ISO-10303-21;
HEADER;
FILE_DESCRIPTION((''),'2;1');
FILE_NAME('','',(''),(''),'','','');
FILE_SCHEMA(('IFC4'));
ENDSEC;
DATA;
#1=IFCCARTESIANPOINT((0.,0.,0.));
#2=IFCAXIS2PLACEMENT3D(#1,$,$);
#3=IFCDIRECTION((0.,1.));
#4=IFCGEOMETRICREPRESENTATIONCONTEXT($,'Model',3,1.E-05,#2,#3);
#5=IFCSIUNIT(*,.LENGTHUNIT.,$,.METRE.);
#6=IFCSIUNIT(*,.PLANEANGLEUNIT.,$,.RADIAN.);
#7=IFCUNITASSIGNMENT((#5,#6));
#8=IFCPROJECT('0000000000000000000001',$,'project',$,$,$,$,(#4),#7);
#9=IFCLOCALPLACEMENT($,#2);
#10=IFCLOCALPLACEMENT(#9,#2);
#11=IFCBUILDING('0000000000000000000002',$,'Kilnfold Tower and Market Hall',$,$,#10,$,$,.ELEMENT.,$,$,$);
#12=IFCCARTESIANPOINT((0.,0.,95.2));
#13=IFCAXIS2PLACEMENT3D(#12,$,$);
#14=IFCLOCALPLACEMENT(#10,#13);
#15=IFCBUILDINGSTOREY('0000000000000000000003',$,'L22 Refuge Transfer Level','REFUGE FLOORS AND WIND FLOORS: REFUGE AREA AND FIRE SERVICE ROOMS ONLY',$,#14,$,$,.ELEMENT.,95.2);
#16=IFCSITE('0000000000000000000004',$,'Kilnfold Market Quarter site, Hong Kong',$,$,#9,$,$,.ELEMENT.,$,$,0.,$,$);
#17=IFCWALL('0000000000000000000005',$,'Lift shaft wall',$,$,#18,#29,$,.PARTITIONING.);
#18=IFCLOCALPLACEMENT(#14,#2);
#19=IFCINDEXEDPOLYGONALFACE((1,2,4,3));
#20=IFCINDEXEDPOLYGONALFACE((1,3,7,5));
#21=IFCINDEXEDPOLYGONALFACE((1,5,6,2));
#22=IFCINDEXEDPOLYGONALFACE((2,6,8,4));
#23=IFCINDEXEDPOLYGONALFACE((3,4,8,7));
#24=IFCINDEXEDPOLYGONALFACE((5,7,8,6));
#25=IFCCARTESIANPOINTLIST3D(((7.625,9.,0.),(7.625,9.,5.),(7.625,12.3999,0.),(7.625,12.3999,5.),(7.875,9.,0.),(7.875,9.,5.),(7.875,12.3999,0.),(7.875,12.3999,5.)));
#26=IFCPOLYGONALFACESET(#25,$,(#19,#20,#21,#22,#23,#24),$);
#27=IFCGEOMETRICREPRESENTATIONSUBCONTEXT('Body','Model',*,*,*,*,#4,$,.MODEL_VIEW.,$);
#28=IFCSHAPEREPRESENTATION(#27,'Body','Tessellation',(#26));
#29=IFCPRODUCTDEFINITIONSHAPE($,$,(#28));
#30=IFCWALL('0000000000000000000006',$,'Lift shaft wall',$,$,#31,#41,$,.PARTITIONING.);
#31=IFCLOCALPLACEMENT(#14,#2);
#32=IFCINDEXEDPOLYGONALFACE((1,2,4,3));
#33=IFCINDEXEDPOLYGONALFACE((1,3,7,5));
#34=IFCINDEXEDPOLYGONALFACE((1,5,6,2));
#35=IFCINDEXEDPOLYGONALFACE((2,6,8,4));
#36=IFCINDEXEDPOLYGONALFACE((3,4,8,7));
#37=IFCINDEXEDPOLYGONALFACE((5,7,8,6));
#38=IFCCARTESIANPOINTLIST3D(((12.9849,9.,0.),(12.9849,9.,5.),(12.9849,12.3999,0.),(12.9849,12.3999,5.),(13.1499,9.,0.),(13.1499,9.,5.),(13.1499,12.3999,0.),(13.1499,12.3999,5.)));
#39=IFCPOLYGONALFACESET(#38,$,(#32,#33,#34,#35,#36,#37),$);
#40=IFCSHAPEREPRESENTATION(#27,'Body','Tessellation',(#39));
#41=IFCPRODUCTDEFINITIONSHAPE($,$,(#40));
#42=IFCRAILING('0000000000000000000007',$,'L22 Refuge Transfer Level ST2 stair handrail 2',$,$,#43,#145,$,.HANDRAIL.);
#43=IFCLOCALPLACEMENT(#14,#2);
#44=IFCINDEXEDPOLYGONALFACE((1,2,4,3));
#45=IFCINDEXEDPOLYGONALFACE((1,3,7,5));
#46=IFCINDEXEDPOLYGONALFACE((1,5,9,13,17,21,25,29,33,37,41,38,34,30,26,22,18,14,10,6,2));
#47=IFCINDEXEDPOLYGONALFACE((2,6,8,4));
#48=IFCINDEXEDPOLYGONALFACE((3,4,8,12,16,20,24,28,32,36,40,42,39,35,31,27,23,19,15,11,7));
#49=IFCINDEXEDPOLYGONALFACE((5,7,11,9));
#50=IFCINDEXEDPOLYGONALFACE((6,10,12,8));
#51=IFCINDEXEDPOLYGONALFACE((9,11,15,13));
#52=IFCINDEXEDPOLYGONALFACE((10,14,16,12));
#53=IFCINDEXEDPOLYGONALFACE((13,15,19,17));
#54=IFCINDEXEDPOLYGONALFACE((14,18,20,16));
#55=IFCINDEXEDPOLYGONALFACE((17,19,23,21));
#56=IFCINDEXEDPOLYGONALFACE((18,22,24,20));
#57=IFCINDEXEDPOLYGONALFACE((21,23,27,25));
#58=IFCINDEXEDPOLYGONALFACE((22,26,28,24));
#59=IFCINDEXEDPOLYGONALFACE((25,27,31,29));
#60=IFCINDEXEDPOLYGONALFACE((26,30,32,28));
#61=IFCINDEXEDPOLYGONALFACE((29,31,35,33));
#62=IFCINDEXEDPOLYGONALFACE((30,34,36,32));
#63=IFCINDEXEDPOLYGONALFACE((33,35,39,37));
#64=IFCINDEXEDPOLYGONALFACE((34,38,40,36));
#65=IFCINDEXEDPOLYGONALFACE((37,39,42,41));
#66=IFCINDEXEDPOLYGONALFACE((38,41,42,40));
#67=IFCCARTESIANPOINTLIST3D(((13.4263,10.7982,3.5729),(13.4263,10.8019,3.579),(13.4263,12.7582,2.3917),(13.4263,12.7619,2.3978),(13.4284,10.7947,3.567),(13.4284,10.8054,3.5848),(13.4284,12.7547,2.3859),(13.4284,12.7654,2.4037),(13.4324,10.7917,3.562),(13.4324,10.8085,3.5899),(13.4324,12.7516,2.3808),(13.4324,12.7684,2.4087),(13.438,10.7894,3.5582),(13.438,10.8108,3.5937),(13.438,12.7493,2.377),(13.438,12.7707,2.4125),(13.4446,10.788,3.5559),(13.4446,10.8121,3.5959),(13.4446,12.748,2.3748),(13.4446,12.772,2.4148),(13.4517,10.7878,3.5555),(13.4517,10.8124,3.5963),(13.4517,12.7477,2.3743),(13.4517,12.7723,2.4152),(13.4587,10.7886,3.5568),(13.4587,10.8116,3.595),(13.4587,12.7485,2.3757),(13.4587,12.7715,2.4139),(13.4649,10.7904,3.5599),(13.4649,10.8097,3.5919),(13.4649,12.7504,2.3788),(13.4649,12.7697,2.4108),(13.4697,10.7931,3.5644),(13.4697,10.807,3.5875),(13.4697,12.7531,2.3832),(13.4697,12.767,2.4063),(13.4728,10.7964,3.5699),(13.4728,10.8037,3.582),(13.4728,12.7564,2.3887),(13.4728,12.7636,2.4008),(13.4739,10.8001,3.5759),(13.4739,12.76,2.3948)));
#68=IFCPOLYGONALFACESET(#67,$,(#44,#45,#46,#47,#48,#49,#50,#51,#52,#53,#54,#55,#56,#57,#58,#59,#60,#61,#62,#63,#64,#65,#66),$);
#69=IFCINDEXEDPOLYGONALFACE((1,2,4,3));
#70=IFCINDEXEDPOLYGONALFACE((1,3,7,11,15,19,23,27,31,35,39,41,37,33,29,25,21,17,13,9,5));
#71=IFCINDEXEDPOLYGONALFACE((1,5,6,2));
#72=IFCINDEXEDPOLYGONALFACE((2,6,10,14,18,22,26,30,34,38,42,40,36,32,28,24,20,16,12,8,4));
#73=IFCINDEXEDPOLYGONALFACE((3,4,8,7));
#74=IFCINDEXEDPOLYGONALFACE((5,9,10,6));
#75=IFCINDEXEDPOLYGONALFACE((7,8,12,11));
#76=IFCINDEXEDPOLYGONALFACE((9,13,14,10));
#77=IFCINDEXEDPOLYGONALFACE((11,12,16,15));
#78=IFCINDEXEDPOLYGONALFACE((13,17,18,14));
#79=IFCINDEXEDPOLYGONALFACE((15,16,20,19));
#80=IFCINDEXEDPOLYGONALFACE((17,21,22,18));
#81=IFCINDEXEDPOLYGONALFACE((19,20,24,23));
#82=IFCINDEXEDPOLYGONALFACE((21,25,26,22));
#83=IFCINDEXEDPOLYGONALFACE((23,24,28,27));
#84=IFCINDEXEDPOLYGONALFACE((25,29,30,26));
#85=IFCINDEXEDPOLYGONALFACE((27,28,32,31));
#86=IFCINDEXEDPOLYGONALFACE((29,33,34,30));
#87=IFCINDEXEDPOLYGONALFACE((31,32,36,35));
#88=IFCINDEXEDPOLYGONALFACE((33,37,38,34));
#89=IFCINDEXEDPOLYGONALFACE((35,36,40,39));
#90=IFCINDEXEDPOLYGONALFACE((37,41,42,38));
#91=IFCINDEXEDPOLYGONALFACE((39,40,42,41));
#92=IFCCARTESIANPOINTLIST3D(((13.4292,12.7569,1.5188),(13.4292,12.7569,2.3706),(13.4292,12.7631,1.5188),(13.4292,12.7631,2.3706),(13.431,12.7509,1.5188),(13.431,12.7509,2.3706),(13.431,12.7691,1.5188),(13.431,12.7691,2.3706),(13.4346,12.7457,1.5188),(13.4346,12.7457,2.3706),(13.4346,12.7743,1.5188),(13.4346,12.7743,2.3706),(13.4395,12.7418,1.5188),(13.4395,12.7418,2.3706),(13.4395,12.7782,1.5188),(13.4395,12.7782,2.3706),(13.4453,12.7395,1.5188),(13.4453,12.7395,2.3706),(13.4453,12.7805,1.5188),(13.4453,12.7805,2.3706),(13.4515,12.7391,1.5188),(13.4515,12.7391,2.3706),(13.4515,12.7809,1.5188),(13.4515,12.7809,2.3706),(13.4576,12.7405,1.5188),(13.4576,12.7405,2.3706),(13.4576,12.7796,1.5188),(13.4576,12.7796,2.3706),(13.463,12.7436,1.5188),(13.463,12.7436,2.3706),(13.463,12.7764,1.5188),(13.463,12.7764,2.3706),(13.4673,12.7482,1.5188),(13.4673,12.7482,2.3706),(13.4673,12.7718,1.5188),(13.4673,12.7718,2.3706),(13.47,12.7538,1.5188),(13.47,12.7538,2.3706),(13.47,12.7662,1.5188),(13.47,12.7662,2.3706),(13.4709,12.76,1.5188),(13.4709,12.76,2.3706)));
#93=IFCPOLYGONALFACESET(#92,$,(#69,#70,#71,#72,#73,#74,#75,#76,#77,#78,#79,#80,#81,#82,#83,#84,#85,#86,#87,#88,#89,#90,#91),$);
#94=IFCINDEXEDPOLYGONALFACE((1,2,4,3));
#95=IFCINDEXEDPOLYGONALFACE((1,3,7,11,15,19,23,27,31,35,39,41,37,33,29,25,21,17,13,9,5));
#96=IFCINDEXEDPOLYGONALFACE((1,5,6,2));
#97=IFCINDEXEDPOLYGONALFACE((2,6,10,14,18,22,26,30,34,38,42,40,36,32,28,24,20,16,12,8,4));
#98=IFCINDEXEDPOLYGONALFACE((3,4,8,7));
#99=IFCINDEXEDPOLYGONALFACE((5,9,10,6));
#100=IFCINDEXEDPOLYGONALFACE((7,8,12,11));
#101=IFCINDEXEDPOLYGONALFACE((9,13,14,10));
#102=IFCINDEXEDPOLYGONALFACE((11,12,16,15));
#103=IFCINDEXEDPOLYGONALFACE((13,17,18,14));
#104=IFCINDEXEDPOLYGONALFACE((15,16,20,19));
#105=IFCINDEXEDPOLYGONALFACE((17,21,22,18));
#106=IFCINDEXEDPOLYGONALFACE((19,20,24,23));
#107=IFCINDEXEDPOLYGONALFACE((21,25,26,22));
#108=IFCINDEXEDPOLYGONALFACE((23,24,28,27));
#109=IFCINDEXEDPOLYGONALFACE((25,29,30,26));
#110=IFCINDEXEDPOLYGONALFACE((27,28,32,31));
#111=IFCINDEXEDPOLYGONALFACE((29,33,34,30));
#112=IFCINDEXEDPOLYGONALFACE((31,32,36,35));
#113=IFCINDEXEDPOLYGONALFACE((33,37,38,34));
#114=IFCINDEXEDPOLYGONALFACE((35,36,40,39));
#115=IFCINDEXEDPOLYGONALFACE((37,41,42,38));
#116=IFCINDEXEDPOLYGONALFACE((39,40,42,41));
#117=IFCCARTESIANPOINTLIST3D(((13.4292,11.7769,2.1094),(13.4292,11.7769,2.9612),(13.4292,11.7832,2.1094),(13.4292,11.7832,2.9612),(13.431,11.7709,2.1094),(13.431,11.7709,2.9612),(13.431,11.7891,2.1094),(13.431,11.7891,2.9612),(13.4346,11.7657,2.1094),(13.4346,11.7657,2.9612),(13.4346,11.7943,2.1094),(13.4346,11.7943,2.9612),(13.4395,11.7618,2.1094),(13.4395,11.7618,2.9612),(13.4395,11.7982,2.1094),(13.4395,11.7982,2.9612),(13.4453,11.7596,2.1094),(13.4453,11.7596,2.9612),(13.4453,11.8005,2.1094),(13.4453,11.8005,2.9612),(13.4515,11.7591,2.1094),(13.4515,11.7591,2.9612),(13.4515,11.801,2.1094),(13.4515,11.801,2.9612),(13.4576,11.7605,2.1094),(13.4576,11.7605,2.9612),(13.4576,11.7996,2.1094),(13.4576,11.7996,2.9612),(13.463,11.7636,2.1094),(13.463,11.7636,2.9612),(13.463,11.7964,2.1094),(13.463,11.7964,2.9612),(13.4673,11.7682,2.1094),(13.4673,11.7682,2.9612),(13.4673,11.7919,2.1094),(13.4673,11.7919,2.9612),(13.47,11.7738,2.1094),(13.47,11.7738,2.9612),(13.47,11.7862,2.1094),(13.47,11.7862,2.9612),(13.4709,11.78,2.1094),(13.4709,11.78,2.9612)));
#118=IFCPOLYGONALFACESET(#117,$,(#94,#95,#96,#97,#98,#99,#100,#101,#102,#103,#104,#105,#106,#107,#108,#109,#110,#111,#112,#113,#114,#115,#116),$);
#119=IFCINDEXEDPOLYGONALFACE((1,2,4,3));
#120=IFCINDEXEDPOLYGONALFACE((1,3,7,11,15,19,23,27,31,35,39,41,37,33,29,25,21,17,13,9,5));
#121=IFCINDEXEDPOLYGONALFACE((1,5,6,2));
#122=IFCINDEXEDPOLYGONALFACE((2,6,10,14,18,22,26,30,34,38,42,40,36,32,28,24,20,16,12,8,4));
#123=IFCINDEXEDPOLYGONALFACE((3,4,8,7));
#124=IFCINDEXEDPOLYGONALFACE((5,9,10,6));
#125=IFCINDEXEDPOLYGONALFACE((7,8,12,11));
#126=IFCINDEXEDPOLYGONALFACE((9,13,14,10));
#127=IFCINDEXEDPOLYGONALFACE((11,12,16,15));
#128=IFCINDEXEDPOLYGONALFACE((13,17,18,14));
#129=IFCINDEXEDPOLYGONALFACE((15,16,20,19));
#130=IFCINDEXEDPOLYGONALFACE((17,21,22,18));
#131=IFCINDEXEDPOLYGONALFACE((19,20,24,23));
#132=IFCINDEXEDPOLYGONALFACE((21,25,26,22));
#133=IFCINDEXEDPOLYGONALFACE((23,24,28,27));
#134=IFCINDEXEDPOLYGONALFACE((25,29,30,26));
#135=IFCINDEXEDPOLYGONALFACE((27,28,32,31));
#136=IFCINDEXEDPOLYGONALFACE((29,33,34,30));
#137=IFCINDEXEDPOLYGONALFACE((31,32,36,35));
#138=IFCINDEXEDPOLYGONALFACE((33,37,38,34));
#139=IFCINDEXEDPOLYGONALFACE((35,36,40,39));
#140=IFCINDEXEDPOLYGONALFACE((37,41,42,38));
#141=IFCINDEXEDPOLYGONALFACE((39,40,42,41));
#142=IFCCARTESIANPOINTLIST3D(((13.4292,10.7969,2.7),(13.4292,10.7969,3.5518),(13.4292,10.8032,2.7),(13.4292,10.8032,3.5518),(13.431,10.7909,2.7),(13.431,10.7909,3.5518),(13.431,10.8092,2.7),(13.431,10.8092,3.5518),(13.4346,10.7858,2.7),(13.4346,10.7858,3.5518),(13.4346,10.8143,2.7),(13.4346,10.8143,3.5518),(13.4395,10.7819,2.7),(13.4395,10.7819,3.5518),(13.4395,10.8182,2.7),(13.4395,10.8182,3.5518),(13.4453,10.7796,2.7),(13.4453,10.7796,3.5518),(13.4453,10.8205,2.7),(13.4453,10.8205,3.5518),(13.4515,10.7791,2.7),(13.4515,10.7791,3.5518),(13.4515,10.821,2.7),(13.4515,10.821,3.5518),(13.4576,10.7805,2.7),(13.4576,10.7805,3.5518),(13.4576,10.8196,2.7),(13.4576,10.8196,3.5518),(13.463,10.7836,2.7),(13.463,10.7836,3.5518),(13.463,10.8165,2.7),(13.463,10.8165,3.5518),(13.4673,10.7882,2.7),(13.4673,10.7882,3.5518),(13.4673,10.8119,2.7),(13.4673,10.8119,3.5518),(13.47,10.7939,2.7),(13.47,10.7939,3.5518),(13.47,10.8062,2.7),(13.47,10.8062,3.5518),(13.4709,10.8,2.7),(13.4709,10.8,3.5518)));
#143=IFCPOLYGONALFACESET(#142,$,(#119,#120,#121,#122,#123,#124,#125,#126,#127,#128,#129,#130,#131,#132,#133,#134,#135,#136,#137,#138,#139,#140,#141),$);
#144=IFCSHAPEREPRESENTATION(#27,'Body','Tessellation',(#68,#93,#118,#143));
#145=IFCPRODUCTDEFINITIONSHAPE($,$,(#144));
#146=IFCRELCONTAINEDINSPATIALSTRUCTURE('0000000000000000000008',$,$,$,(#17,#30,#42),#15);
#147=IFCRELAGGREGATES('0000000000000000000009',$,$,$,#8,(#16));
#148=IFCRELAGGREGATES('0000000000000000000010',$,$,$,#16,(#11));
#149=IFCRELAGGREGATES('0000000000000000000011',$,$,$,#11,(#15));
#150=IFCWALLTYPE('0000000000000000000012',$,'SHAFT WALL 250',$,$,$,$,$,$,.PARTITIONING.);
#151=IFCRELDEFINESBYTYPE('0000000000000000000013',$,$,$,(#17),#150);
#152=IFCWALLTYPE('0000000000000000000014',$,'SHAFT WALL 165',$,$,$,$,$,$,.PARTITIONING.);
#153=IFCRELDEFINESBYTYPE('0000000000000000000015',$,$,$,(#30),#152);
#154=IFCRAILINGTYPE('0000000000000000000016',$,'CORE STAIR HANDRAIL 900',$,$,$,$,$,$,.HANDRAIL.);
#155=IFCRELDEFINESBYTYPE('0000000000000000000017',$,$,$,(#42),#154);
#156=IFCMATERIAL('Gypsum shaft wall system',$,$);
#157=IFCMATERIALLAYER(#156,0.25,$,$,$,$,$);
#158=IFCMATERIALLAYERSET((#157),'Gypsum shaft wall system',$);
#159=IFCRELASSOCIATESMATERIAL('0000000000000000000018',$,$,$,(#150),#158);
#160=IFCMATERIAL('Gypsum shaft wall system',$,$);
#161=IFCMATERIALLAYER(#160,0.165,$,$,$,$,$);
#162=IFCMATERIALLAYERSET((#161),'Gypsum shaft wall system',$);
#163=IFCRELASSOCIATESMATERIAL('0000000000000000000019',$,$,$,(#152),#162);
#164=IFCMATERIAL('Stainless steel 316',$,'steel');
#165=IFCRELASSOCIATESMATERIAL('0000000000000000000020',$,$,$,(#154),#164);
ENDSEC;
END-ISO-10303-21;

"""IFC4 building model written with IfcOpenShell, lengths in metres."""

from ifc_helpers import new_model, si_unit, direction, frame, frame_2d, origin, origin_2d, place, context, subcontext, project, spatial, rectangle, circle, extrude, source, transform, mapped, material, layer, layer_set, type_object, element, save


model = new_model("IFC4")

# Units and contexts
model_context = context("Model", 3, precision=1e-05, world=origin(), true_north=direction((0.0, 1.0)))
body_context = subcontext(model_context, "Body", "Model", "MODEL_VIEW")
ifc_project = project(units=[si_unit("LENGTHUNIT", "METRE"), si_unit("PLANEANGLEUNIT", "RADIAN")], contexts=[model_context])

# Site, building, storey
site_placement = place(None, origin())
site = spatial("IfcSite", under=ifc_project, at=site_placement, Name="Kilnfold Market Quarter site, Hong Kong", CompositionType="ELEMENT", RefElevation=0.0)
building_placement = place(site_placement, origin())
building = spatial("IfcBuilding", under=site, at=building_placement, Name="Kilnfold Tower and Market Hall", CompositionType="ELEMENT")
storey_placement = place(building_placement, frame((0.0, 0.0, 95.2)))
storey = spatial("IfcBuildingStorey", under=building, at=storey_placement, Name="L22 Refuge Transfer Level", Description="REFUGE FLOORS AND WIND FLOORS: REFUGE AREA AND FIRE SERVICE ROOMS ONLY", CompositionType="ELEMENT", Elevation=95.2)

# Walls
ifc_material_1 = material(Name="Gypsum shaft wall system")
ifc_layer_1 = layer(ifc_material_1, 0.25)
ifc_layer_set_1 = layer_set([ifc_layer_1], Name="Gypsum shaft wall system")
wall_type_1 = type_object("IfcWallType", Name="SHAFT WALL 250", PredefinedType="PARTITIONING", material=ifc_layer_set_1)
shared_shape_1 = source(origin(), body_context, "Body", "SweptSolid", [
    extrude(rectangle(XDim=3.3999, YDim=0.25, at=frame_2d((1.7, 0.0))), origin(), (0.0, 0.0, 1.0), 5.0),
])
for number, where, z_axis, x_axis, name in (
    (1, (7.75, 9.0, 0.0), (0.0, 0.0, 1.0), (0.0, 1.0, 0.0), "Lift shaft wall"),
):
    element("IfcWall", number, at=place(storey_placement, frame(where, z_axis=z_axis, x_axis=x_axis)), inside=storey, type_object=wall_type_1, Name=name, PredefinedType="PARTITIONING", context=body_context, shape_type="MappedRepresentation", body=[
        mapped(shared_shape_1, transform((0.0, 0.0, 0.0))),
    ])
ifc_material_2 = material(Name="Gypsum shaft wall system")
ifc_layer_2 = layer(ifc_material_2, 0.165)
ifc_layer_set_2 = layer_set([ifc_layer_2], Name="Gypsum shaft wall system")
wall_type_2 = type_object("IfcWallType", Name="SHAFT WALL 165", PredefinedType="PARTITIONING", material=ifc_layer_set_2)
shared_shape_2 = source(origin(), body_context, "Body", "SweptSolid", [
    extrude(rectangle(XDim=3.3999, YDim=0.165, at=frame_2d((1.7, 0.0))), origin(), (0.0, 0.0, 1.0), 5.0),
])
wall_1_placement = place(storey_placement, frame((13.0674, 9.0, 0.0), z_axis=(0.0, 0.0, 1.0), x_axis=(0.0, 1.0, 0.0)))
element("IfcWall", 2, at=wall_1_placement, inside=storey, type_object=wall_type_2, Name="Lift shaft wall", PredefinedType="PARTITIONING", context=body_context, shape_type="MappedRepresentation", body=[
    mapped(shared_shape_2, transform((0.0, 0.0, 0.0))),
])

# Railing
ifc_material_3 = material(Name="Stainless steel 316", Category="steel")
railing_type = type_object("IfcRailingType", Name="CORE STAIR HANDRAIL 900", PredefinedType="HANDRAIL", material=ifc_material_3)
railing_1_placement = place(storey_placement, frame((13.45, 12.76, 1.5188)))
element("IfcRailing", 3, at=railing_1_placement, inside=storey, type_object=railing_type, Name="L22 Refuge Transfer Level ST2 stair handrail 2", PredefinedType="HANDRAIL", context=body_context, shape_type="SweptSolid", body=[
    extrude(circle(Radius=0.0239, at=origin_2d()), frame((0.0, 0.0, 0.876), z_axis=(0.0, -0.856493, 0.516158), x_axis=(1.0, 0.0, 0.0)), (0.0, 0.0, 1.0), 2.2883),
    extrude(circle(Radius=0.021, at=origin_2d()), origin(), (0.0, 0.0, 1.0), 0.8518),
    extrude(circle(Radius=0.021, at=origin_2d()), frame((0.0, -0.98, 0.5906)), (0.0, 0.0, 1.0), 0.8518),
    extrude(circle(Radius=0.021, at=origin_2d()), frame((0.0, -1.96, 1.1812)), (0.0, 0.0, 1.0), 0.8518),
])

save(model, "model.ifc")
